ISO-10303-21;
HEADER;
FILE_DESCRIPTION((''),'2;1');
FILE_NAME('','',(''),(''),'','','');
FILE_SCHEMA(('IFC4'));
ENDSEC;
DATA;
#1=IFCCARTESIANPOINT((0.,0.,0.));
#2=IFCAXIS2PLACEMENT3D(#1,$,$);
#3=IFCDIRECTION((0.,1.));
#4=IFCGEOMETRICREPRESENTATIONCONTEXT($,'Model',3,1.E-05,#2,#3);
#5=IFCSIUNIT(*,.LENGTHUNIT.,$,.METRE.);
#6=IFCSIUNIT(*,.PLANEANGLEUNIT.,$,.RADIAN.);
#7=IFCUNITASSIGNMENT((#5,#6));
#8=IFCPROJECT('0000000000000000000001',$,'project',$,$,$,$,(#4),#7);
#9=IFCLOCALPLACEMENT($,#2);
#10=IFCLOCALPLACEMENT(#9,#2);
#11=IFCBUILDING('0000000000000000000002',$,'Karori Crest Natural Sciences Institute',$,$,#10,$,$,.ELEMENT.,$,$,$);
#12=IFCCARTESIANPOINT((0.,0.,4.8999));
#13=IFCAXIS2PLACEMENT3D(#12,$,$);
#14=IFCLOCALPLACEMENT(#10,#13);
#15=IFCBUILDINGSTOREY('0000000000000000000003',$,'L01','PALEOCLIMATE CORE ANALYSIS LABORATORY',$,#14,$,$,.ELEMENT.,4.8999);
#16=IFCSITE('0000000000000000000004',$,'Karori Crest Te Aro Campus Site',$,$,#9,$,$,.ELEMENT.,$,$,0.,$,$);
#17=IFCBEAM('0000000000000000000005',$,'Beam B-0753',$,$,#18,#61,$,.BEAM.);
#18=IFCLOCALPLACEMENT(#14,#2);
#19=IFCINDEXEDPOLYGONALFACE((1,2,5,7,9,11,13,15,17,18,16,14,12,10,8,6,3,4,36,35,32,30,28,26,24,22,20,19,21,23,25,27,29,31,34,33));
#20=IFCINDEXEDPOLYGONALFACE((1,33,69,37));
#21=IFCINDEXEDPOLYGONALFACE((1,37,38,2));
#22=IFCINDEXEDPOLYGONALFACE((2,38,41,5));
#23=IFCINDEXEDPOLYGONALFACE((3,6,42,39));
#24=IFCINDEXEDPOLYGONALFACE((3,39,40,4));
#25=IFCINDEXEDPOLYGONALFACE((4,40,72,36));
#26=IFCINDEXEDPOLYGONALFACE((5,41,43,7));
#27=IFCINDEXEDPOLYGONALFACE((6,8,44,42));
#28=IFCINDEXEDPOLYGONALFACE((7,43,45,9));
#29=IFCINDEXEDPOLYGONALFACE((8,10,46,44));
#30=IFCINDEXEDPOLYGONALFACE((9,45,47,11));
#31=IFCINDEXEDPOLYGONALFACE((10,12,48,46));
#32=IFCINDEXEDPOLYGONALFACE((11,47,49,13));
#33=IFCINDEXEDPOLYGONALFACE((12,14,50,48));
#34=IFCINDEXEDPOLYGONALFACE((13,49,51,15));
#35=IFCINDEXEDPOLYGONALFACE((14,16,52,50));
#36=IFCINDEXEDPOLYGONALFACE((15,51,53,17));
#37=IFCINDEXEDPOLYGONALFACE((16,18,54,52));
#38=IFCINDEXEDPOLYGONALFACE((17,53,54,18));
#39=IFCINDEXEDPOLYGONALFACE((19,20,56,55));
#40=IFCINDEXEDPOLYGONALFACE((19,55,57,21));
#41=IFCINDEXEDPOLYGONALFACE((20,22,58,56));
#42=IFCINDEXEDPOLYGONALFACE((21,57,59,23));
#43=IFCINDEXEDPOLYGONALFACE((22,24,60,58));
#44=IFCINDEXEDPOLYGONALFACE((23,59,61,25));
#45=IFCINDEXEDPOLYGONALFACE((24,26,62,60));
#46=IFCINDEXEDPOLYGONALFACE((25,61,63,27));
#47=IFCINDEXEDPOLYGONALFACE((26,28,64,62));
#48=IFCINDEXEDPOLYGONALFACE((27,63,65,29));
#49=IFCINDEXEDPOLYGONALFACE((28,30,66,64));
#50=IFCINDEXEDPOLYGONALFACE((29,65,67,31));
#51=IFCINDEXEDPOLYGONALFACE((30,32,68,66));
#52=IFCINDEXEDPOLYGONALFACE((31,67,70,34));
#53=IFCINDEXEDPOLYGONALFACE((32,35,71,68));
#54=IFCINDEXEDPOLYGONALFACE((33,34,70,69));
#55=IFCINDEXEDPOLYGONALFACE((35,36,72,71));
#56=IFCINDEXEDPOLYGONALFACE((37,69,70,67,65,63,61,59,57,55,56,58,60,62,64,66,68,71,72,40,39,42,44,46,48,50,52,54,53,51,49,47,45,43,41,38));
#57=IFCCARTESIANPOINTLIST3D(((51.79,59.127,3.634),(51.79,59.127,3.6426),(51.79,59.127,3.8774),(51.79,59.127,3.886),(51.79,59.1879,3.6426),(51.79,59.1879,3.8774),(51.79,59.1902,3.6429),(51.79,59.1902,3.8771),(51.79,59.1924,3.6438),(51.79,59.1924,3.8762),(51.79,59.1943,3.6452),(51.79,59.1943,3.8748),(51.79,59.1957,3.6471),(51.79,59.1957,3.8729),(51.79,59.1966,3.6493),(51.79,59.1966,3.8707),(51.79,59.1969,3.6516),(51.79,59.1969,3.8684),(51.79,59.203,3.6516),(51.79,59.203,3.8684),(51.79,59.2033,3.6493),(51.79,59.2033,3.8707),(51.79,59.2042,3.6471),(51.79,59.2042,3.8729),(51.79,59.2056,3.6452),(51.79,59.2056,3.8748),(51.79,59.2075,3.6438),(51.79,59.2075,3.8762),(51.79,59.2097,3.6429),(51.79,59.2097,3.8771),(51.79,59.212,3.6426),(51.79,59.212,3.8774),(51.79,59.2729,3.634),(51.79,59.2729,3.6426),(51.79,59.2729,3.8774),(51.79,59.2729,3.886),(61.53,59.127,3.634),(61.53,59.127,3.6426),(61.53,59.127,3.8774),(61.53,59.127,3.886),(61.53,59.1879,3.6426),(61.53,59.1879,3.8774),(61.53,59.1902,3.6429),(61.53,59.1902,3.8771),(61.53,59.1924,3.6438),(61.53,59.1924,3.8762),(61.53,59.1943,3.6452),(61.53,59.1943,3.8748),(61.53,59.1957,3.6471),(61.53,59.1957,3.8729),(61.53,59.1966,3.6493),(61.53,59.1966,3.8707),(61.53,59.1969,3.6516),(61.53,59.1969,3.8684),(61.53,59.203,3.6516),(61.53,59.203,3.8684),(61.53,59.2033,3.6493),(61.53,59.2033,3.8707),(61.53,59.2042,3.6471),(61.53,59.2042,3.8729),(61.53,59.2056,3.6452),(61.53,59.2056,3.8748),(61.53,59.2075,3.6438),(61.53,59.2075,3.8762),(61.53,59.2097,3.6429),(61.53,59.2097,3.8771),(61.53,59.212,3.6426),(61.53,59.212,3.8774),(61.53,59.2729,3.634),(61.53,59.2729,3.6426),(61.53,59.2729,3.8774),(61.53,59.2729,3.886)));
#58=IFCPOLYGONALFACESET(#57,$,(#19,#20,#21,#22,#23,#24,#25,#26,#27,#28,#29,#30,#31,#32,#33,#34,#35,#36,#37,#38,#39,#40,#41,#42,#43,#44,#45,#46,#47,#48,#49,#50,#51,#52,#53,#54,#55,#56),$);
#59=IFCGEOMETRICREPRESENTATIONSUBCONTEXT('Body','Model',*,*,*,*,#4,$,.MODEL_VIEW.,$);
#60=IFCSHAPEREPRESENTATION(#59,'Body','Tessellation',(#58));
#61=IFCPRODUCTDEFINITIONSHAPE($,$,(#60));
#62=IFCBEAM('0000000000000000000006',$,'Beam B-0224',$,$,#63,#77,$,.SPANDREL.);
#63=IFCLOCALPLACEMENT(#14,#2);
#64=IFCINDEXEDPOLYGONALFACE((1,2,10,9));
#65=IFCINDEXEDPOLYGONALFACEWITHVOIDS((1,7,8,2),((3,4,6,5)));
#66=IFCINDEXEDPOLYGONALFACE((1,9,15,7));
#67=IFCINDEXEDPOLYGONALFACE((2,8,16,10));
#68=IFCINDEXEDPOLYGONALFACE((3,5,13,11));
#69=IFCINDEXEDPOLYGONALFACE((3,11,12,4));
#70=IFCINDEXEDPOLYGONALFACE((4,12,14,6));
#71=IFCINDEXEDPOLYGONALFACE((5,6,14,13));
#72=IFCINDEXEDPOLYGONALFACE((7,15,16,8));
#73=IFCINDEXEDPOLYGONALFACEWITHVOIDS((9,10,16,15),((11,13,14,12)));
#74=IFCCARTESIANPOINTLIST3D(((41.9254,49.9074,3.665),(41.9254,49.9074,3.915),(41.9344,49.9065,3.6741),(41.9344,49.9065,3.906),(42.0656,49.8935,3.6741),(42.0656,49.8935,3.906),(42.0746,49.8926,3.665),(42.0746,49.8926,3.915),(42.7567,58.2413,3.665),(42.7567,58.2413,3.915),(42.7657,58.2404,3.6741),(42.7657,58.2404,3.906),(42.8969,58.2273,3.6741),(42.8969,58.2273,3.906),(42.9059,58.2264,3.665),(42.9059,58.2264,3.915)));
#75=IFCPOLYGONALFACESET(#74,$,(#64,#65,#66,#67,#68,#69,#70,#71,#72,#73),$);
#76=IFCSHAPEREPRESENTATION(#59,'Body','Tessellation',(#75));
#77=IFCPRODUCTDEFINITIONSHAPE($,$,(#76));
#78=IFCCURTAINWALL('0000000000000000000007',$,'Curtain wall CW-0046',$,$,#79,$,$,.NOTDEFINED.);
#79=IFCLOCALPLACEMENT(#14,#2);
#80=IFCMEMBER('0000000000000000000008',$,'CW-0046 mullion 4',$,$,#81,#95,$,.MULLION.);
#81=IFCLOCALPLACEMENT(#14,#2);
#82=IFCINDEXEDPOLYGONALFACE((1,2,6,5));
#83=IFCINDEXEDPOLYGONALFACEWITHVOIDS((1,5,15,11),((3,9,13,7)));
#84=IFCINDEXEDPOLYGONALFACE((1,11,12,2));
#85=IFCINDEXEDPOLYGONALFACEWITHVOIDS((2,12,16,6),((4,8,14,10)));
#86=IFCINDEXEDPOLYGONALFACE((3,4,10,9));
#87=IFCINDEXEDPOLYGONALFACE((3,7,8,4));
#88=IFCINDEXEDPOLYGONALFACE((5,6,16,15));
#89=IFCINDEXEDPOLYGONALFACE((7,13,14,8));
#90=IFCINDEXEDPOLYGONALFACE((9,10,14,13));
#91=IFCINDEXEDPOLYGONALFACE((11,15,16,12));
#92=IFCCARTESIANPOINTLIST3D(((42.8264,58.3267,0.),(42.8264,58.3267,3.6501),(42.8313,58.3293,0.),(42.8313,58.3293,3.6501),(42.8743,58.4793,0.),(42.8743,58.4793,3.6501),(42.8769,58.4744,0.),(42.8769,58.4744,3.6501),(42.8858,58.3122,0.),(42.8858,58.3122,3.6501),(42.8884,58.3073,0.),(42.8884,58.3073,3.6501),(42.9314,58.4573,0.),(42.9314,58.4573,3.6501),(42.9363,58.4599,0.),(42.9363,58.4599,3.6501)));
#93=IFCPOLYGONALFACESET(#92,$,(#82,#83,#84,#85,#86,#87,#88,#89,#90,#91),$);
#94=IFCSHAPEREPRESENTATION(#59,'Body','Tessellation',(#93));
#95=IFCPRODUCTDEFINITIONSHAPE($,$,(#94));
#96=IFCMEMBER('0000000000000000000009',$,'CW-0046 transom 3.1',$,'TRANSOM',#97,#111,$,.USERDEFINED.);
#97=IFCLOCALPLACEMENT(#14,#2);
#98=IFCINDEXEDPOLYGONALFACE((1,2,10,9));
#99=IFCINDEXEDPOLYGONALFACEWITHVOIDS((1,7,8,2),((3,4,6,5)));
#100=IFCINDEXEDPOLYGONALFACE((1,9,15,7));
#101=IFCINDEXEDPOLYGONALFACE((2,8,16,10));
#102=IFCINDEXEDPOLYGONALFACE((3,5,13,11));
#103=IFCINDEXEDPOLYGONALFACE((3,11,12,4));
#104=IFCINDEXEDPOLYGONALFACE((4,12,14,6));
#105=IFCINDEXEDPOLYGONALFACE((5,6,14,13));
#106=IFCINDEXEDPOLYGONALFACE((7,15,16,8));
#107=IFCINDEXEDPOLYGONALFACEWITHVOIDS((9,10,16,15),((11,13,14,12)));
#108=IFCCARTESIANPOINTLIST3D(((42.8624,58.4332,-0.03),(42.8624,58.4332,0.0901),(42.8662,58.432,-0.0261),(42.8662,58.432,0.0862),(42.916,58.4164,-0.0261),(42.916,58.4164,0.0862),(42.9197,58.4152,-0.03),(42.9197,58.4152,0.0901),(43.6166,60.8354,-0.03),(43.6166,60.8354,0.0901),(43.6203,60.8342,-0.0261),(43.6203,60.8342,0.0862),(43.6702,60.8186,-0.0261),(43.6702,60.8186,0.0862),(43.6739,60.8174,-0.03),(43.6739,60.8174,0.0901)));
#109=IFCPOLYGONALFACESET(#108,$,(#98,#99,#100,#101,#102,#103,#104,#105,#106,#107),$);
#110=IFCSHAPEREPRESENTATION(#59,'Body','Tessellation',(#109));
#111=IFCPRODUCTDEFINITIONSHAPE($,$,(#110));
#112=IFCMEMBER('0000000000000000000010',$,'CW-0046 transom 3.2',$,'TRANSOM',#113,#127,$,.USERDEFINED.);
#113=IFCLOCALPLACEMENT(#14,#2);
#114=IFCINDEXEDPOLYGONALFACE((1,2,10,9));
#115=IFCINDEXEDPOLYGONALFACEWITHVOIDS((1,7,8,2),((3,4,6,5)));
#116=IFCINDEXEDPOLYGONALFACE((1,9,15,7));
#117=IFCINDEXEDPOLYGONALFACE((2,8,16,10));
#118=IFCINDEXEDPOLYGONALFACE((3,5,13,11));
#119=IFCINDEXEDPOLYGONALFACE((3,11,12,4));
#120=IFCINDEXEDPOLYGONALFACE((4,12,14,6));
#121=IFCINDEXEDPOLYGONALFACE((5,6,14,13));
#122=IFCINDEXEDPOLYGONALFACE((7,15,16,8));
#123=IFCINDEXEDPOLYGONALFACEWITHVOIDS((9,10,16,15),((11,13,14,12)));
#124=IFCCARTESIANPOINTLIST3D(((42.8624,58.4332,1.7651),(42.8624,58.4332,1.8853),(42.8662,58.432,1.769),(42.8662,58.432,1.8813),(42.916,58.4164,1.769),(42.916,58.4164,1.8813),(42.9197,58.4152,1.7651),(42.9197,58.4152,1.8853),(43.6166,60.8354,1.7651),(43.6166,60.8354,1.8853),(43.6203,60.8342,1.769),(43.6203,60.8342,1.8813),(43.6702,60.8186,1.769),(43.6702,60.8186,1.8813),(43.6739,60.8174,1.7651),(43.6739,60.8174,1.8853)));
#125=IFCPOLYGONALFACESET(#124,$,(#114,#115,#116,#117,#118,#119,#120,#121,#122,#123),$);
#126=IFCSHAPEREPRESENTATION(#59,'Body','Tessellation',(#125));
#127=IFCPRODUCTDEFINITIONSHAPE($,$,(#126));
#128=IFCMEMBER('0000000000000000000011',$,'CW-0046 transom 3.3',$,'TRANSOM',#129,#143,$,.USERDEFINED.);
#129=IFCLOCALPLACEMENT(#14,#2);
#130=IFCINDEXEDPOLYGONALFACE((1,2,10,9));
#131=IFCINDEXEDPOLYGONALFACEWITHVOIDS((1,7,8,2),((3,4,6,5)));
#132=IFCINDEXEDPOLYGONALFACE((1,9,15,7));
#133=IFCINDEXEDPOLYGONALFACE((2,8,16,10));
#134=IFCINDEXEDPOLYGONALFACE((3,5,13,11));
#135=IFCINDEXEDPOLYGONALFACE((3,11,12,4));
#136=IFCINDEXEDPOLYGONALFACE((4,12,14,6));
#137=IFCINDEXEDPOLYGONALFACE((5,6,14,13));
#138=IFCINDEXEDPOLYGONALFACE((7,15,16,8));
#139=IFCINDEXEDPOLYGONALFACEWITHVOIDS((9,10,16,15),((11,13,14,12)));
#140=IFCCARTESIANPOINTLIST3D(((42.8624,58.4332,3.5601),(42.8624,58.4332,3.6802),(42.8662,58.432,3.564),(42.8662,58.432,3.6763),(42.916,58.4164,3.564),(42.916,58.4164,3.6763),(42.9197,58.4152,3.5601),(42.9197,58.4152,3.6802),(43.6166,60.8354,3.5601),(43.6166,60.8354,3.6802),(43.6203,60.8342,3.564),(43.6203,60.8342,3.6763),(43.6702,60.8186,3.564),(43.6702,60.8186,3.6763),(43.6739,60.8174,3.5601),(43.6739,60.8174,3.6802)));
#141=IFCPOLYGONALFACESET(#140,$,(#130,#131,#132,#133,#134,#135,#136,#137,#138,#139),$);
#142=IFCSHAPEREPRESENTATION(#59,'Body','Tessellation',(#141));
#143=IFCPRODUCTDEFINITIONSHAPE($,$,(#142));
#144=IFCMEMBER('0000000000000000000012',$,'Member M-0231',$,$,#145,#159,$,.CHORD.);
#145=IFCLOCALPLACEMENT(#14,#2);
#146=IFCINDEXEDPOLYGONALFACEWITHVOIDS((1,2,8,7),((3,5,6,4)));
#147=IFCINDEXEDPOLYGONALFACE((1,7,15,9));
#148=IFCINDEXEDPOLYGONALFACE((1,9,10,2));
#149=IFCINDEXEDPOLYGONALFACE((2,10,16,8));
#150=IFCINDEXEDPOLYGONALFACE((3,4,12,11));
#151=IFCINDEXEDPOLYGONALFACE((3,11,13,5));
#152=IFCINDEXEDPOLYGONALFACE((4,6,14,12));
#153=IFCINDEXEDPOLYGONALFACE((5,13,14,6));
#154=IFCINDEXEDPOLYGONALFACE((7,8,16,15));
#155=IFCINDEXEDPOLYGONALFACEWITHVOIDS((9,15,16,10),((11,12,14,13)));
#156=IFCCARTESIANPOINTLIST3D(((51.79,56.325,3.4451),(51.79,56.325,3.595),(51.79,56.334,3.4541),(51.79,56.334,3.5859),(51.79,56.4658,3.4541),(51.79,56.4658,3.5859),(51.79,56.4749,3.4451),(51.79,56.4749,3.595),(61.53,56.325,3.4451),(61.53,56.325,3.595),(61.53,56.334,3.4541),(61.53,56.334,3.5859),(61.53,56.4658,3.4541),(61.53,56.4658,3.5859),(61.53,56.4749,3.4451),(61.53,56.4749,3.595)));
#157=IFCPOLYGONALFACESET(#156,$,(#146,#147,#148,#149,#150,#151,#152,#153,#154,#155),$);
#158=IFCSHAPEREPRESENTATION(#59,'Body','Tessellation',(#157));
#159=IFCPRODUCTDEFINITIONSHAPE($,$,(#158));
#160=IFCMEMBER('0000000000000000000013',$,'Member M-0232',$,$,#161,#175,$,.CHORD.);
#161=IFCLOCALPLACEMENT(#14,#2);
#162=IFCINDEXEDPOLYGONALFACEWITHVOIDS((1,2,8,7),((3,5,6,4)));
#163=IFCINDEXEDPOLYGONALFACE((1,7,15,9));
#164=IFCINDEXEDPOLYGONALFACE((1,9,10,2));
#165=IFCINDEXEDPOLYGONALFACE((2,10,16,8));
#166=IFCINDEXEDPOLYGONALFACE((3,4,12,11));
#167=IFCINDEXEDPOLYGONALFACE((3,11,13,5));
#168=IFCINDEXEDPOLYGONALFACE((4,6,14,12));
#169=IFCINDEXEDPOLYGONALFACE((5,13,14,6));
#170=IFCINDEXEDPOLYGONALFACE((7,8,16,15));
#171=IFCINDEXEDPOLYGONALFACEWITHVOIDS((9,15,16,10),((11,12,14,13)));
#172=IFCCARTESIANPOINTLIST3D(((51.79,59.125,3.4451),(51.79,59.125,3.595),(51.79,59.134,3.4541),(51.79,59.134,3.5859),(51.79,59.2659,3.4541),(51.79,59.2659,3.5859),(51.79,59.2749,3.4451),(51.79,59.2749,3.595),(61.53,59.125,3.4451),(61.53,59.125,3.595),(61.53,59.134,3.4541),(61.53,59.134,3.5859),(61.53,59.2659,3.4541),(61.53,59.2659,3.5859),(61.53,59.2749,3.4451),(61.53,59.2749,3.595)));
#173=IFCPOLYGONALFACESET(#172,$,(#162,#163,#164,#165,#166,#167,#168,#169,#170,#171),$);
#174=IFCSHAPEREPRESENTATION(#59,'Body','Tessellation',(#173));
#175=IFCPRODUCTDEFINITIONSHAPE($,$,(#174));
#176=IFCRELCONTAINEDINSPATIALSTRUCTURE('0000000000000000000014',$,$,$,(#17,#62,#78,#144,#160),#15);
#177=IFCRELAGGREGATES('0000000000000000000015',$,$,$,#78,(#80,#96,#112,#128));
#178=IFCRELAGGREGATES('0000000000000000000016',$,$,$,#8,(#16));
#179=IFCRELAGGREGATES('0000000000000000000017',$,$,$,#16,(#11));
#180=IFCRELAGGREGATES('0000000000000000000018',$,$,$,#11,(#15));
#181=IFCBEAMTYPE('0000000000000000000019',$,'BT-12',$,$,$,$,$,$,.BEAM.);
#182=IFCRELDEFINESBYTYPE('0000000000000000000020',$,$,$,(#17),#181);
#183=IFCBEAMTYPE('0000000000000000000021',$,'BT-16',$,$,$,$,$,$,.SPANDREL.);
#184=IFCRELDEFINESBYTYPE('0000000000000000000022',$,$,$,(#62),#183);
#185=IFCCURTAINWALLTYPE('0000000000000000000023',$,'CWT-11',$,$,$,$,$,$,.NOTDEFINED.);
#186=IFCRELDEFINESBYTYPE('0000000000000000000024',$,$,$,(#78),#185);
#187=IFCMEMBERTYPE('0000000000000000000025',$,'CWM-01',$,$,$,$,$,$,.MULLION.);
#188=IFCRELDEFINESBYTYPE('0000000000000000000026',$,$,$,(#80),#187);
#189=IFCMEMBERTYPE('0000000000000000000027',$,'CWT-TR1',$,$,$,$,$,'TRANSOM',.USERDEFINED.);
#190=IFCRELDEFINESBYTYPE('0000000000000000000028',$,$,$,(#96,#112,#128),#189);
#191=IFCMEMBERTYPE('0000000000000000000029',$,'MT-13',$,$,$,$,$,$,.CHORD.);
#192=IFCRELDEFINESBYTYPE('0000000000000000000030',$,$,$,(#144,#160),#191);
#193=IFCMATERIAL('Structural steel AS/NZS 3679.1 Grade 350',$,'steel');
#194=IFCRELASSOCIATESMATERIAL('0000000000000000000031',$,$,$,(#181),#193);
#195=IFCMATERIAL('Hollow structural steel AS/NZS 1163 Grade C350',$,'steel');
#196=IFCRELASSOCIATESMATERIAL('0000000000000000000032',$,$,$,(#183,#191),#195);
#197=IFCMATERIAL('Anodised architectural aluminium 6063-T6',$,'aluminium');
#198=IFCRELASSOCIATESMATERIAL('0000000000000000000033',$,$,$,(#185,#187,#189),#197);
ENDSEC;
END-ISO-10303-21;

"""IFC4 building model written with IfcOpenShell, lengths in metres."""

from ifc_helpers import new_model, si_unit, direction, frame, origin, origin_2d, place, context, subcontext, project, spatial, hollow_rectangle, i_section, extrude, material, material_profile, profile_set, type_object, element, aggregate, save


model = new_model("IFC4")

# Units and contexts
model_context = context("Model", 3, precision=1e-05, world=origin(), true_north=direction((0.0, 1.0)))
body_context = subcontext(model_context, "Body", "Model", "MODEL_VIEW")
ifc_project = project(units=[si_unit("LENGTHUNIT", "METRE"), si_unit("PLANEANGLEUNIT", "RADIAN")], contexts=[model_context])

# Site, building, storey
site_placement = place(None, origin())
site = spatial("IfcSite", under=ifc_project, at=site_placement, Name="Karori Crest Te Aro Campus Site", CompositionType="ELEMENT", RefElevation=0.0)
building_placement = place(site_placement, origin())
building = spatial("IfcBuilding", under=site, at=building_placement, Name="Karori Crest Natural Sciences Institute", CompositionType="ELEMENT")
storey_placement = place(building_placement, frame((0.0, 0.0, 4.8999)))
storey = spatial("IfcBuildingStorey", under=building, at=storey_placement, Name="L01", Description="PALEOCLIMATE CORE ANALYSIS LABORATORY", CompositionType="ELEMENT", Elevation=4.8999)

# Shared definitions
ifc_material_1 = material(Name="Hollow structural steel AS/NZS 1163 Grade C350", Category="steel")

# Beams
ifc_material_2 = material(Name="Structural steel AS/NZS 3679.1 Grade 350", Category="steel")
ifc_material_profile_1 = material_profile(ifc_material_2, i_section(OverallWidth=0.146, OverallDepth=0.252, WebThickness=0.0061, FlangeThickness=0.0085, FilletRadius=0.009, at=origin_2d()), Name="250UB31.4")
ifc_profile_set_1 = profile_set([ifc_material_profile_1], Name="Structural steel AS/NZS 3679.1 Grade 350")
beam_type_1 = type_object("IfcBeamType", Name="BT-12", PredefinedType="BEAM", material=ifc_profile_set_1)
for number, where, z_axis, x_axis, name in (
    (1, (51.79, 59.2, 3.76), (1.0, 0.0, 0.0), (0.0, 1.0, 0.0), "Beam B-0753"),
):
    element("IfcBeam", number, at=place(storey_placement, frame(where, z_axis=z_axis, x_axis=x_axis)), inside=storey, type_object=beam_type_1, Name=name, PredefinedType="BEAM", context=body_context, shape_type="SweptSolid", body=[
        extrude(i_section(OverallWidth=0.146, OverallDepth=0.252, WebThickness=0.0061, FlangeThickness=0.0085, FilletRadius=0.009, at=origin_2d()), origin(), (0.0, 0.0, 1.0), 9.74),
    ])
ifc_material_profile_2 = material_profile(ifc_material_1, hollow_rectangle(XDim=0.1499, YDim=0.25, WallThickness=0.009, at=origin_2d()), Name="RHS250x150x9")
ifc_profile_set_2 = profile_set([ifc_material_profile_2], Name="Hollow structural steel AS/NZS 1163 Grade C350")
beam_type_2 = type_object("IfcBeamType", Name="BT-16", PredefinedType="SPANDREL", material=ifc_profile_set_2)
beam_1_placement = place(storey_placement, frame((42.8313, 58.2339, 3.79), z_axis=(-0.099256, -0.995062, 0.0), x_axis=(0.995062, -0.099256, 0.0)))
element("IfcBeam", 2, at=beam_1_placement, inside=storey, type_object=beam_type_2, Name="Beam B-0224", PredefinedType="SPANDREL", context=body_context, shape_type="SweptSolid", body=[
    extrude(hollow_rectangle(XDim=0.1499, YDim=0.25, WallThickness=0.009, at=origin_2d()), origin(), (0.0, 0.0, 1.0), 8.3752),
])

# Curtain wall, members
ifc_material_3 = material(Name="Anodised architectural aluminium 6063-T6", Category="aluminium")
curtain_wall_type = type_object("IfcCurtainWallType", Name="CWT-11", PredefinedType="NOTDEFINED", material=ifc_material_3)
curtain_wall_placement = place(storey_placement, origin())
curtain_wall = element("IfcCurtainWall", 3, at=curtain_wall_placement, inside=storey, type_object=curtain_wall_type, Name="Curtain wall CW-0046", PredefinedType="NOTDEFINED")
ifc_material_profile_3 = material_profile(ifc_material_3, hollow_rectangle(XDim=0.0649, YDim=0.1599, WallThickness=0.0039, at=origin_2d()), Name="CWM160x65x4")
ifc_profile_set_3 = profile_set([ifc_material_profile_3], Name="Anodised architectural aluminium 6063-T6")
member_type_1 = type_object("IfcMemberType", Name="CWM-01", PredefinedType="MULLION", material=ifc_profile_set_3)
member_1_placement = place(storey_placement, frame((42.8813, 58.3933, 0.0), z_axis=(0.0, 0.0, 1.0), x_axis=(0.954104, -0.299477, 0.0)))
member_1 = element("IfcMember", 4, at=member_1_placement, type_object=member_type_1, Name="CW-0046 mullion 4", PredefinedType="MULLION", context=body_context, shape_type="SweptSolid", body=[
    extrude(hollow_rectangle(XDim=0.0649, YDim=0.1599, WallThickness=0.0039, at=origin_2d()), origin(), (0.0, 0.0, 1.0), 3.6501),
])
ifc_material_profile_4 = material_profile(ifc_material_3, hollow_rectangle(XDim=0.0601, YDim=0.1201, WallThickness=0.0039, at=origin_2d()), Name="CWT120x60x4")
ifc_profile_set_4 = profile_set([ifc_material_profile_4], Name="Anodised architectural aluminium 6063-T6")
member_type_2 = type_object("IfcMemberType", Name="CWT-TR1", ElementType="TRANSOM", PredefinedType="USERDEFINED", material=ifc_profile_set_4)
member_2_placement = place(storey_placement, frame((43.6453, 60.8264, 0.03), z_axis=(-0.299539, -0.954084, 0.0), x_axis=(0.954084, -0.299539, 0.0)))
member_2 = element("IfcMember", 5, at=member_2_placement, type_object=member_type_2, Name="CW-0046 transom 3.1", ObjectType="TRANSOM", PredefinedType="USERDEFINED", context=body_context, shape_type="SweptSolid", body=[
    extrude(hollow_rectangle(XDim=0.0601, YDim=0.1201, WallThickness=0.0039, at=origin_2d()), origin(), (0.0, 0.0, 1.0), 2.5178),
])
member_3_placement = place(storey_placement, frame((43.6453, 60.8264, 1.8252), z_axis=(-0.299539, -0.954084, 0.0), x_axis=(0.954084, -0.299539, 0.0)))
member_3 = element("IfcMember", 6, at=member_3_placement, type_object=member_type_2, Name="CW-0046 transom 3.2", ObjectType="TRANSOM", PredefinedType="USERDEFINED", context=body_context, shape_type="SweptSolid", body=[
    extrude(hollow_rectangle(XDim=0.0601, YDim=0.1201, WallThickness=0.0039, at=origin_2d()), origin(), (0.0, 0.0, 1.0), 2.5178),
])
member_4_placement = place(storey_placement, frame((43.6453, 60.8264, 3.6201), z_axis=(-0.299539, -0.954084, 0.0), x_axis=(0.954084, -0.299539, 0.0)))
member_4 = element("IfcMember", 7, at=member_4_placement, type_object=member_type_2, Name="CW-0046 transom 3.3", ObjectType="TRANSOM", PredefinedType="USERDEFINED", context=body_context, shape_type="SweptSolid", body=[
    extrude(hollow_rectangle(XDim=0.0601, YDim=0.1201, WallThickness=0.0039, at=origin_2d()), origin(), (0.0, 0.0, 1.0), 2.5178),
])

# Members
ifc_material_profile_5 = material_profile(ifc_material_1, hollow_rectangle(XDim=0.1499, YDim=0.1499, WallThickness=0.009, at=origin_2d()), Name="SHS150x150x9")
ifc_profile_set_5 = profile_set([ifc_material_profile_5], Name="Hollow structural steel AS/NZS 1163 Grade C350")
member_type_3 = type_object("IfcMemberType", Name="MT-13", PredefinedType="CHORD", material=ifc_profile_set_5)
for number, where, z_axis, x_axis, name in (
    (8, (51.79, 56.3999, 3.52), (1.0, 0.0, 0.0), (0.0, 1.0, 0.0), "Member M-0231"),
    (9, (51.79, 59.2, 3.52), (1.0, 0.0, 0.0), (0.0, 1.0, 0.0), "Member M-0232"),
):
    element("IfcMember", number, at=place(storey_placement, frame(where, z_axis=z_axis, x_axis=x_axis)), inside=storey, type_object=member_type_3, Name=name, PredefinedType="CHORD", context=body_context, shape_type="SweptSolid", body=[
        extrude(hollow_rectangle(XDim=0.1499, YDim=0.1499, WallThickness=0.009, at=origin_2d()), origin(), (0.0, 0.0, 1.0), 9.74),
    ])

aggregate(curtain_wall, [member_1, member_2, member_3, member_4])

save(model, "model.ifc")
